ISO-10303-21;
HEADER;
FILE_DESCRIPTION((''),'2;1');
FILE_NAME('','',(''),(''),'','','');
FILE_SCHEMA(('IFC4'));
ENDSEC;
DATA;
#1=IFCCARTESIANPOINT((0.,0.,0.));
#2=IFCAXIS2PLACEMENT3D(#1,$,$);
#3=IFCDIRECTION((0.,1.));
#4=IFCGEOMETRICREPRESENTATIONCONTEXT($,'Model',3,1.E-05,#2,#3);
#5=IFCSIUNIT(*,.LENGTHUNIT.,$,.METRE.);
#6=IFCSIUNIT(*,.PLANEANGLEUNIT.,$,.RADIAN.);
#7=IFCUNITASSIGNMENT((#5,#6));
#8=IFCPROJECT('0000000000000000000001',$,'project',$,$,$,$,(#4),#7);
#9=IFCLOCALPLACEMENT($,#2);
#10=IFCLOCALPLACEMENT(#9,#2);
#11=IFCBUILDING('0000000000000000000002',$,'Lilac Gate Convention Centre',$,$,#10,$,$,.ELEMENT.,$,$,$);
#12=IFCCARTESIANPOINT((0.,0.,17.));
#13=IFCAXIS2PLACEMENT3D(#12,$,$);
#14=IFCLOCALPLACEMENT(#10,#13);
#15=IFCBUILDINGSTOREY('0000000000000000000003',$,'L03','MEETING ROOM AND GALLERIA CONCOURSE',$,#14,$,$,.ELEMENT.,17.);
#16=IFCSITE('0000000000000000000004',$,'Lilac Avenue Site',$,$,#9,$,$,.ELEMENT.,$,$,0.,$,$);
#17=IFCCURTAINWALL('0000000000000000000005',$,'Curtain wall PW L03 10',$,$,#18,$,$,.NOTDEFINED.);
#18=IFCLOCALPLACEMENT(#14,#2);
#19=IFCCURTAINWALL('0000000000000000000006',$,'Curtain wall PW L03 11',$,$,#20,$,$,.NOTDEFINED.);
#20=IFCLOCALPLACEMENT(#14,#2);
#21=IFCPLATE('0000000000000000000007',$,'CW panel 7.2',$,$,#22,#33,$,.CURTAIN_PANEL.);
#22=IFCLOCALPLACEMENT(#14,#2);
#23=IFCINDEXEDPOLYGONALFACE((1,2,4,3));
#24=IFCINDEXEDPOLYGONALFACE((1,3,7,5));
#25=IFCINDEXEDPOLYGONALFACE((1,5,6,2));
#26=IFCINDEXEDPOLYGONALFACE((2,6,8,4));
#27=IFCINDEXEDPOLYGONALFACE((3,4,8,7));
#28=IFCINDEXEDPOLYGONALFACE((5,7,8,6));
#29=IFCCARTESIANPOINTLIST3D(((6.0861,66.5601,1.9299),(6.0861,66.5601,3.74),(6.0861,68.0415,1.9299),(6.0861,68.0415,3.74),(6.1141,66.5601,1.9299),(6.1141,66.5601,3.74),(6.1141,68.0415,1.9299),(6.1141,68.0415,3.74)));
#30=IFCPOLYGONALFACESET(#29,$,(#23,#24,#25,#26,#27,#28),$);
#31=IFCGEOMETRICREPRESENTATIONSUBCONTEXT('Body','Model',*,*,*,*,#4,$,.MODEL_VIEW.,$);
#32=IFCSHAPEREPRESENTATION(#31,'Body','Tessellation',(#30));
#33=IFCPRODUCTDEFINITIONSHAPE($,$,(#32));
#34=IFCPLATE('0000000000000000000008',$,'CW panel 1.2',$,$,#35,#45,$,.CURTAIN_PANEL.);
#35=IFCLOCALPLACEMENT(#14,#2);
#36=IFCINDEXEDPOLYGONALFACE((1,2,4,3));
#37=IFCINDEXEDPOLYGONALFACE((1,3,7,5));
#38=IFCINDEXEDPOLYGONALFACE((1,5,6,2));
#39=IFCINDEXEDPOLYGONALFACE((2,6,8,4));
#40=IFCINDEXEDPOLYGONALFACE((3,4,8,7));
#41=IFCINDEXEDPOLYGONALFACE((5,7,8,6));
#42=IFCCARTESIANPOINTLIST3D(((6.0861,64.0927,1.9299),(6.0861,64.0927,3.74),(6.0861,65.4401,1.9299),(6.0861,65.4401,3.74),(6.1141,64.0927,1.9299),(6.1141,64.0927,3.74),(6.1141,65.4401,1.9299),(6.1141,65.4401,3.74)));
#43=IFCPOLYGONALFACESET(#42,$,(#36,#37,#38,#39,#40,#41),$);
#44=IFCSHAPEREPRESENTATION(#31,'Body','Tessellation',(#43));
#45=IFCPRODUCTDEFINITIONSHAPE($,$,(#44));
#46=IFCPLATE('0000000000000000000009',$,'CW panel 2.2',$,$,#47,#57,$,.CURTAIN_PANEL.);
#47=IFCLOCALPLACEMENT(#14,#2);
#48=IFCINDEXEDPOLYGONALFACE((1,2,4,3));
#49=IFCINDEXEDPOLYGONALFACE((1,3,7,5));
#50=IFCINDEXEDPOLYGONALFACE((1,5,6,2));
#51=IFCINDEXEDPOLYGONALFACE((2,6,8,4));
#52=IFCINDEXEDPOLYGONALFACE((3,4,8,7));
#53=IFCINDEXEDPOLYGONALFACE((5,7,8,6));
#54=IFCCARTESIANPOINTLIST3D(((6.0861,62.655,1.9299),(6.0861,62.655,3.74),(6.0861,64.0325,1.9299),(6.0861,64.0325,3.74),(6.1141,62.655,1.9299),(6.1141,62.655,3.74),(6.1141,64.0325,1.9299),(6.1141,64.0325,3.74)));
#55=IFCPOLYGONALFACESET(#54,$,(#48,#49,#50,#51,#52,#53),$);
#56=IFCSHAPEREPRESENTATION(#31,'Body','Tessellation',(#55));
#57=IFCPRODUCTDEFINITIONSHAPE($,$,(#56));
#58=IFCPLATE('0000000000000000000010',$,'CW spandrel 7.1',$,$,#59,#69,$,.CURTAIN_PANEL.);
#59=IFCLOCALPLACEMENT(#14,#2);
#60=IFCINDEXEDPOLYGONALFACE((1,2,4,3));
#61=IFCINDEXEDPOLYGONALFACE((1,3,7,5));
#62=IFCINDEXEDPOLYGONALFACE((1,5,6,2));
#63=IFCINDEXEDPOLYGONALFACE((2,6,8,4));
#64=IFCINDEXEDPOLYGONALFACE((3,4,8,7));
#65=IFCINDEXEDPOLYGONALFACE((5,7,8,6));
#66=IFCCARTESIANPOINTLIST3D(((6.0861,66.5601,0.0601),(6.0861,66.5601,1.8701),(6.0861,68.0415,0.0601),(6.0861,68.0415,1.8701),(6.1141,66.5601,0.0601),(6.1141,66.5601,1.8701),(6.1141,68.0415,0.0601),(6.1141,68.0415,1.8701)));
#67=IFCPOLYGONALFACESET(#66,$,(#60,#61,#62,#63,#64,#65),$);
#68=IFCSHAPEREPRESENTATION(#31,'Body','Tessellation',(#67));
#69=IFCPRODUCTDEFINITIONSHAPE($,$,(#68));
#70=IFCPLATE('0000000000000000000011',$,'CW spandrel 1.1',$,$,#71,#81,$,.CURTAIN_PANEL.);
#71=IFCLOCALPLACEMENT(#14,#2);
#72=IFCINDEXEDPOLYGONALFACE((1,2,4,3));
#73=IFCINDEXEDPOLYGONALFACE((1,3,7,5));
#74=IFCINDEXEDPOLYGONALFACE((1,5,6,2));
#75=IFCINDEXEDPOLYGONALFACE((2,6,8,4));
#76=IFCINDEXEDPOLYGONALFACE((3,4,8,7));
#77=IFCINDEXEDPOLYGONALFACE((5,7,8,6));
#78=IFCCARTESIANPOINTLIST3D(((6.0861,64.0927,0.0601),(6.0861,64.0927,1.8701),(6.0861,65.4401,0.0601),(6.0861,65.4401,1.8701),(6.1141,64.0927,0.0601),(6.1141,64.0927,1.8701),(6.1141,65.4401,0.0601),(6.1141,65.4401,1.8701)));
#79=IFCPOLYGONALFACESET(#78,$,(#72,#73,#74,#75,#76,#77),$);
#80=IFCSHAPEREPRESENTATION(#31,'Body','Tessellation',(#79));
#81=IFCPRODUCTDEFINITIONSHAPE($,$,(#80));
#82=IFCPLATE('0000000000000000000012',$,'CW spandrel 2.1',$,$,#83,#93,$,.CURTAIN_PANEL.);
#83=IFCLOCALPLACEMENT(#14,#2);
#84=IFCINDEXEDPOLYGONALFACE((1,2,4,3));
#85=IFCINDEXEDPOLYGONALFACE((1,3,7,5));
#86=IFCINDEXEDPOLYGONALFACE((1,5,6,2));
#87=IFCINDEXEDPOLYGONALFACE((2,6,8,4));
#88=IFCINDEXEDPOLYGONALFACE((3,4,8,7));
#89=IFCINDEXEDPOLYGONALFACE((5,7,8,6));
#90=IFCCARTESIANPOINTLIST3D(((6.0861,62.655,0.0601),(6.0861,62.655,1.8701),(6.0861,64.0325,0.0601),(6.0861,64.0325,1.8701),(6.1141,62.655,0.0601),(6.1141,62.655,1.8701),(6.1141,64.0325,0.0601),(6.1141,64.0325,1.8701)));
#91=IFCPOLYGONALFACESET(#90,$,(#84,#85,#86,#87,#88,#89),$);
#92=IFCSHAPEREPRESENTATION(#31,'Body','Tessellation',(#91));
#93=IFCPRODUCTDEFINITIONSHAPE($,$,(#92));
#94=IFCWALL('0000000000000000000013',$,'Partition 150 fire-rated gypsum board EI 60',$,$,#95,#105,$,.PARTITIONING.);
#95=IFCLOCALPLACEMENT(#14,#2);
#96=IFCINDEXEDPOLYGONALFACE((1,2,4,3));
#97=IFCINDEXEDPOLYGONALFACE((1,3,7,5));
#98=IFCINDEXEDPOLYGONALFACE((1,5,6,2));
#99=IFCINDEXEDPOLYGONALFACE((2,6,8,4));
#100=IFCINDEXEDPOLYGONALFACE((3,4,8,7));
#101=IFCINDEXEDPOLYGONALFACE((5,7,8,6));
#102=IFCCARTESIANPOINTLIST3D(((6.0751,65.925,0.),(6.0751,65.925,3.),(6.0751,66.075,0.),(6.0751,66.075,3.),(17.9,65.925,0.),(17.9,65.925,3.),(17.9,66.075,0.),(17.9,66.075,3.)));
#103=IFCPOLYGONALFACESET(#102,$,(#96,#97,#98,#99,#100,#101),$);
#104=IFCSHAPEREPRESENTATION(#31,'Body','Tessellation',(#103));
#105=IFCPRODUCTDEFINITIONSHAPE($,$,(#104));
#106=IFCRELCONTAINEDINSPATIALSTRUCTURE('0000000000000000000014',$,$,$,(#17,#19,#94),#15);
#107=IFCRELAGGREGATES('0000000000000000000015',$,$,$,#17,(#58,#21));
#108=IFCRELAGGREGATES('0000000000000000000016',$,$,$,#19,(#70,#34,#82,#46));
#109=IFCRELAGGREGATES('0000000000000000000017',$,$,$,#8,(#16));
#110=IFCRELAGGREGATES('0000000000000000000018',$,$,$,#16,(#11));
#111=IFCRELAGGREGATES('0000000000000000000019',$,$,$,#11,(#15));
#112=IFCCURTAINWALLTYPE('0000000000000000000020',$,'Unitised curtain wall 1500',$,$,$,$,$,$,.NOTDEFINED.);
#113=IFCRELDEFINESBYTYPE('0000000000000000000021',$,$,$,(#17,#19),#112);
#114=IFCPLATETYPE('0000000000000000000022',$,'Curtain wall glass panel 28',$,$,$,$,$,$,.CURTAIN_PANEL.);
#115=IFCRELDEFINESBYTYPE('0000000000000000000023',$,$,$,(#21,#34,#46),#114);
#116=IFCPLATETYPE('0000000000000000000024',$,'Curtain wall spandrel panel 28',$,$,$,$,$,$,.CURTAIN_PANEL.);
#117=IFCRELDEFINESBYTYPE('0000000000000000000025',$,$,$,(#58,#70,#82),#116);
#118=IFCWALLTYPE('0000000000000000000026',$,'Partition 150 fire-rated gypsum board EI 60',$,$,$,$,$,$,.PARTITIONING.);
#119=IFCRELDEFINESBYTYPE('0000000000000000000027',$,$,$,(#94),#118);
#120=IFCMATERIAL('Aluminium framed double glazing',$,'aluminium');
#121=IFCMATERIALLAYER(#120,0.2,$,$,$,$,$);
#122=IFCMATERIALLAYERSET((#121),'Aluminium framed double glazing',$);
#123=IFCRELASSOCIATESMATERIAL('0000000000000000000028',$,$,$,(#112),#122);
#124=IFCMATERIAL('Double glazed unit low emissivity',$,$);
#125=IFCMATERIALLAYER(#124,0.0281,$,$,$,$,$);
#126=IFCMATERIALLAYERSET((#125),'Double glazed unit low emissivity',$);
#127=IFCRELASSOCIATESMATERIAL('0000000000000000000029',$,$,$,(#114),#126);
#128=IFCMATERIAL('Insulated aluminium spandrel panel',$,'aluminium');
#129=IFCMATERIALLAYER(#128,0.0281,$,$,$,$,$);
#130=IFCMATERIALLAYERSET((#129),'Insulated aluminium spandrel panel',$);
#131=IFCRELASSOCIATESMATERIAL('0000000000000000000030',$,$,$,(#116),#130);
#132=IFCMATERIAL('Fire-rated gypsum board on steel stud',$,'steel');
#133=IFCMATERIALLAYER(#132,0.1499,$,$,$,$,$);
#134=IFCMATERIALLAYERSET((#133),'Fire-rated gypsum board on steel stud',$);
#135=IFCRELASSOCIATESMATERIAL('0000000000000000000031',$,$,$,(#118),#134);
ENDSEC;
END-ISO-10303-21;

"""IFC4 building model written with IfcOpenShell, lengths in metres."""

from ifc_helpers import new_model, si_unit, direction, frame, frame_2d, origin, origin_2d, place, context, subcontext, project, spatial, rectangle, extrude, material, layer, layer_set, type_object, element, aggregate, save


model = new_model("IFC4")

# Units and contexts
model_context = context("Model", 3, precision=1e-05, world=origin(), true_north=direction((0.0, 1.0)))
body_context = subcontext(model_context, "Body", "Model", "MODEL_VIEW")
ifc_project = project(units=[si_unit("LENGTHUNIT", "METRE"), si_unit("PLANEANGLEUNIT", "RADIAN")], contexts=[model_context])

# Site, building, storey
site_placement = place(None, origin())
site = spatial("IfcSite", under=ifc_project, at=site_placement, Name="Lilac Avenue Site", CompositionType="ELEMENT", RefElevation=0.0)
building_placement = place(site_placement, origin())
building = spatial("IfcBuilding", under=site, at=building_placement, Name="Lilac Gate Convention Centre", CompositionType="ELEMENT")
storey_placement = place(building_placement, frame((0.0, 0.0, 17.0)))
storey = spatial("IfcBuildingStorey", under=building, at=storey_placement, Name="L03", Description="MEETING ROOM AND GALLERIA CONCOURSE", CompositionType="ELEMENT", Elevation=17.0)

# Curtain wall
ifc_material_1 = material(Name="Aluminium framed double glazing", Category="aluminium")
ifc_layer_1 = layer(ifc_material_1, 0.2)
ifc_layer_set_1 = layer_set([ifc_layer_1], Name="Aluminium framed double glazing")
curtain_wall_type = type_object("IfcCurtainWallType", Name="Unitised curtain wall 1500", PredefinedType="NOTDEFINED", material=ifc_layer_set_1)
curtain_wall_1_placement = place(storey_placement, origin())
curtain_wall_1 = element("IfcCurtainWall", 1, at=curtain_wall_1_placement, inside=storey, type_object=curtain_wall_type, Name="Curtain wall PW L03 10", PredefinedType="NOTDEFINED")

# Curtain wall
curtain_wall_2_placement = place(storey_placement, origin())
curtain_wall_2 = element("IfcCurtainWall", 2, at=curtain_wall_2_placement, inside=storey, type_object=curtain_wall_type, Name="Curtain wall PW L03 11", PredefinedType="NOTDEFINED")

# Plates
ifc_material_2 = material(Name="Double glazed unit low emissivity")
ifc_layer_2 = layer(ifc_material_2, 0.0281)
ifc_layer_set_2 = layer_set([ifc_layer_2], Name="Double glazed unit low emissivity")
plate_type_1 = type_object("IfcPlateType", Name="Curtain wall glass panel 28", PredefinedType="CURTAIN_PANEL", material=ifc_layer_set_2)
plate_1_placement = place(storey_placement, frame((6.1001, 67.3008, 1.9299), z_axis=(0.0, 0.0, 1.0), x_axis=(0.0, -1.0, 0.0)))
plate_1 = element("IfcPlate", 3, at=plate_1_placement, type_object=plate_type_1, Name="CW panel 7.2", PredefinedType="CURTAIN_PANEL", context=body_context, shape_type="SweptSolid", body=[
    extrude(rectangle(XDim=1.4814, YDim=0.0281, at=origin_2d()), origin(), (0.0, 0.0, 1.0), 1.8101),
])
plate_2_placement = place(storey_placement, frame((6.1001, 64.7664, 1.9299), z_axis=(0.0, 0.0, 1.0), x_axis=(0.0, -1.0, 0.0)))
plate_2 = element("IfcPlate", 4, at=plate_2_placement, type_object=plate_type_1, Name="CW panel 1.2", PredefinedType="CURTAIN_PANEL", context=body_context, shape_type="SweptSolid", body=[
    extrude(rectangle(XDim=1.3474, YDim=0.0281, at=origin_2d()), origin(), (0.0, 0.0, 1.0), 1.8101),
])
plate_3_placement = place(storey_placement, frame((6.1001, 63.3438, 1.9299), z_axis=(0.0, 0.0, 1.0), x_axis=(0.0, -1.0, 0.0)))
plate_3 = element("IfcPlate", 5, at=plate_3_placement, type_object=plate_type_1, Name="CW panel 2.2", PredefinedType="CURTAIN_PANEL", context=body_context, shape_type="SweptSolid", body=[
    extrude(rectangle(XDim=1.3774, YDim=0.0281, at=origin_2d()), origin(), (0.0, 0.0, 1.0), 1.8101),
])
ifc_material_3 = material(Name="Insulated aluminium spandrel panel", Category="aluminium")
ifc_layer_3 = layer(ifc_material_3, 0.0281)
ifc_layer_set_3 = layer_set([ifc_layer_3], Name="Insulated aluminium spandrel panel")
plate_type_2 = type_object("IfcPlateType", Name="Curtain wall spandrel panel 28", PredefinedType="CURTAIN_PANEL", material=ifc_layer_set_3)
plate_4_placement = place(storey_placement, frame((6.1001, 67.3008, 0.0601), z_axis=(0.0, 0.0, 1.0), x_axis=(0.0, -1.0, 0.0)))
plate_4 = element("IfcPlate", 6, at=plate_4_placement, type_object=plate_type_2, Name="CW spandrel 7.1", PredefinedType="CURTAIN_PANEL", context=body_context, shape_type="SweptSolid", body=[
    extrude(rectangle(XDim=1.4814, YDim=0.0281, at=origin_2d()), origin(), (0.0, 0.0, 1.0), 1.8101),
])
aggregate(curtain_wall_1, [plate_4, plate_1])
plate_5_placement = place(storey_placement, frame((6.1001, 64.7664, 0.0601), z_axis=(0.0, 0.0, 1.0), x_axis=(0.0, -1.0, 0.0)))
plate_5 = element("IfcPlate", 7, at=plate_5_placement, type_object=plate_type_2, Name="CW spandrel 1.1", PredefinedType="CURTAIN_PANEL", context=body_context, shape_type="SweptSolid", body=[
    extrude(rectangle(XDim=1.3474, YDim=0.0281, at=origin_2d()), origin(), (0.0, 0.0, 1.0), 1.8101),
])
plate_6_placement = place(storey_placement, frame((6.1001, 63.3438, 0.0601), z_axis=(0.0, 0.0, 1.0), x_axis=(0.0, -1.0, 0.0)))
plate_6 = element("IfcPlate", 8, at=plate_6_placement, type_object=plate_type_2, Name="CW spandrel 2.1", PredefinedType="CURTAIN_PANEL", context=body_context, shape_type="SweptSolid", body=[
    extrude(rectangle(XDim=1.3774, YDim=0.0281, at=origin_2d()), origin(), (0.0, 0.0, 1.0), 1.8101),
])
aggregate(curtain_wall_2, [plate_5, plate_2, plate_6, plate_3])

# Wall
ifc_material_4 = material(Name="Fire-rated gypsum board on steel stud", Category="steel")
ifc_layer_4 = layer(ifc_material_4, 0.1499)
ifc_layer_set_4 = layer_set([ifc_layer_4], Name="Fire-rated gypsum board on steel stud")
wall_type = type_object("IfcWallType", Name="Partition 150 fire-rated gypsum board EI 60", PredefinedType="PARTITIONING", material=ifc_layer_set_4)
wall_placement = place(storey_placement, frame((6.075, 66.0, 0.0), z_axis=(0.0, 0.0, 1.0), x_axis=(1.0, 0.0, 0.0)))
element("IfcWall", 9, at=wall_placement, inside=storey, type_object=wall_type, Name="Partition 150 fire-rated gypsum board EI 60", PredefinedType="PARTITIONING", context=body_context, shape_type="SweptSolid", body=[
    extrude(rectangle(XDim=11.825, YDim=0.1499, at=frame_2d((5.9126, 0.0))), origin(), (0.0, 0.0, 1.0), 3.0),
])

save(model, "model.ifc")
